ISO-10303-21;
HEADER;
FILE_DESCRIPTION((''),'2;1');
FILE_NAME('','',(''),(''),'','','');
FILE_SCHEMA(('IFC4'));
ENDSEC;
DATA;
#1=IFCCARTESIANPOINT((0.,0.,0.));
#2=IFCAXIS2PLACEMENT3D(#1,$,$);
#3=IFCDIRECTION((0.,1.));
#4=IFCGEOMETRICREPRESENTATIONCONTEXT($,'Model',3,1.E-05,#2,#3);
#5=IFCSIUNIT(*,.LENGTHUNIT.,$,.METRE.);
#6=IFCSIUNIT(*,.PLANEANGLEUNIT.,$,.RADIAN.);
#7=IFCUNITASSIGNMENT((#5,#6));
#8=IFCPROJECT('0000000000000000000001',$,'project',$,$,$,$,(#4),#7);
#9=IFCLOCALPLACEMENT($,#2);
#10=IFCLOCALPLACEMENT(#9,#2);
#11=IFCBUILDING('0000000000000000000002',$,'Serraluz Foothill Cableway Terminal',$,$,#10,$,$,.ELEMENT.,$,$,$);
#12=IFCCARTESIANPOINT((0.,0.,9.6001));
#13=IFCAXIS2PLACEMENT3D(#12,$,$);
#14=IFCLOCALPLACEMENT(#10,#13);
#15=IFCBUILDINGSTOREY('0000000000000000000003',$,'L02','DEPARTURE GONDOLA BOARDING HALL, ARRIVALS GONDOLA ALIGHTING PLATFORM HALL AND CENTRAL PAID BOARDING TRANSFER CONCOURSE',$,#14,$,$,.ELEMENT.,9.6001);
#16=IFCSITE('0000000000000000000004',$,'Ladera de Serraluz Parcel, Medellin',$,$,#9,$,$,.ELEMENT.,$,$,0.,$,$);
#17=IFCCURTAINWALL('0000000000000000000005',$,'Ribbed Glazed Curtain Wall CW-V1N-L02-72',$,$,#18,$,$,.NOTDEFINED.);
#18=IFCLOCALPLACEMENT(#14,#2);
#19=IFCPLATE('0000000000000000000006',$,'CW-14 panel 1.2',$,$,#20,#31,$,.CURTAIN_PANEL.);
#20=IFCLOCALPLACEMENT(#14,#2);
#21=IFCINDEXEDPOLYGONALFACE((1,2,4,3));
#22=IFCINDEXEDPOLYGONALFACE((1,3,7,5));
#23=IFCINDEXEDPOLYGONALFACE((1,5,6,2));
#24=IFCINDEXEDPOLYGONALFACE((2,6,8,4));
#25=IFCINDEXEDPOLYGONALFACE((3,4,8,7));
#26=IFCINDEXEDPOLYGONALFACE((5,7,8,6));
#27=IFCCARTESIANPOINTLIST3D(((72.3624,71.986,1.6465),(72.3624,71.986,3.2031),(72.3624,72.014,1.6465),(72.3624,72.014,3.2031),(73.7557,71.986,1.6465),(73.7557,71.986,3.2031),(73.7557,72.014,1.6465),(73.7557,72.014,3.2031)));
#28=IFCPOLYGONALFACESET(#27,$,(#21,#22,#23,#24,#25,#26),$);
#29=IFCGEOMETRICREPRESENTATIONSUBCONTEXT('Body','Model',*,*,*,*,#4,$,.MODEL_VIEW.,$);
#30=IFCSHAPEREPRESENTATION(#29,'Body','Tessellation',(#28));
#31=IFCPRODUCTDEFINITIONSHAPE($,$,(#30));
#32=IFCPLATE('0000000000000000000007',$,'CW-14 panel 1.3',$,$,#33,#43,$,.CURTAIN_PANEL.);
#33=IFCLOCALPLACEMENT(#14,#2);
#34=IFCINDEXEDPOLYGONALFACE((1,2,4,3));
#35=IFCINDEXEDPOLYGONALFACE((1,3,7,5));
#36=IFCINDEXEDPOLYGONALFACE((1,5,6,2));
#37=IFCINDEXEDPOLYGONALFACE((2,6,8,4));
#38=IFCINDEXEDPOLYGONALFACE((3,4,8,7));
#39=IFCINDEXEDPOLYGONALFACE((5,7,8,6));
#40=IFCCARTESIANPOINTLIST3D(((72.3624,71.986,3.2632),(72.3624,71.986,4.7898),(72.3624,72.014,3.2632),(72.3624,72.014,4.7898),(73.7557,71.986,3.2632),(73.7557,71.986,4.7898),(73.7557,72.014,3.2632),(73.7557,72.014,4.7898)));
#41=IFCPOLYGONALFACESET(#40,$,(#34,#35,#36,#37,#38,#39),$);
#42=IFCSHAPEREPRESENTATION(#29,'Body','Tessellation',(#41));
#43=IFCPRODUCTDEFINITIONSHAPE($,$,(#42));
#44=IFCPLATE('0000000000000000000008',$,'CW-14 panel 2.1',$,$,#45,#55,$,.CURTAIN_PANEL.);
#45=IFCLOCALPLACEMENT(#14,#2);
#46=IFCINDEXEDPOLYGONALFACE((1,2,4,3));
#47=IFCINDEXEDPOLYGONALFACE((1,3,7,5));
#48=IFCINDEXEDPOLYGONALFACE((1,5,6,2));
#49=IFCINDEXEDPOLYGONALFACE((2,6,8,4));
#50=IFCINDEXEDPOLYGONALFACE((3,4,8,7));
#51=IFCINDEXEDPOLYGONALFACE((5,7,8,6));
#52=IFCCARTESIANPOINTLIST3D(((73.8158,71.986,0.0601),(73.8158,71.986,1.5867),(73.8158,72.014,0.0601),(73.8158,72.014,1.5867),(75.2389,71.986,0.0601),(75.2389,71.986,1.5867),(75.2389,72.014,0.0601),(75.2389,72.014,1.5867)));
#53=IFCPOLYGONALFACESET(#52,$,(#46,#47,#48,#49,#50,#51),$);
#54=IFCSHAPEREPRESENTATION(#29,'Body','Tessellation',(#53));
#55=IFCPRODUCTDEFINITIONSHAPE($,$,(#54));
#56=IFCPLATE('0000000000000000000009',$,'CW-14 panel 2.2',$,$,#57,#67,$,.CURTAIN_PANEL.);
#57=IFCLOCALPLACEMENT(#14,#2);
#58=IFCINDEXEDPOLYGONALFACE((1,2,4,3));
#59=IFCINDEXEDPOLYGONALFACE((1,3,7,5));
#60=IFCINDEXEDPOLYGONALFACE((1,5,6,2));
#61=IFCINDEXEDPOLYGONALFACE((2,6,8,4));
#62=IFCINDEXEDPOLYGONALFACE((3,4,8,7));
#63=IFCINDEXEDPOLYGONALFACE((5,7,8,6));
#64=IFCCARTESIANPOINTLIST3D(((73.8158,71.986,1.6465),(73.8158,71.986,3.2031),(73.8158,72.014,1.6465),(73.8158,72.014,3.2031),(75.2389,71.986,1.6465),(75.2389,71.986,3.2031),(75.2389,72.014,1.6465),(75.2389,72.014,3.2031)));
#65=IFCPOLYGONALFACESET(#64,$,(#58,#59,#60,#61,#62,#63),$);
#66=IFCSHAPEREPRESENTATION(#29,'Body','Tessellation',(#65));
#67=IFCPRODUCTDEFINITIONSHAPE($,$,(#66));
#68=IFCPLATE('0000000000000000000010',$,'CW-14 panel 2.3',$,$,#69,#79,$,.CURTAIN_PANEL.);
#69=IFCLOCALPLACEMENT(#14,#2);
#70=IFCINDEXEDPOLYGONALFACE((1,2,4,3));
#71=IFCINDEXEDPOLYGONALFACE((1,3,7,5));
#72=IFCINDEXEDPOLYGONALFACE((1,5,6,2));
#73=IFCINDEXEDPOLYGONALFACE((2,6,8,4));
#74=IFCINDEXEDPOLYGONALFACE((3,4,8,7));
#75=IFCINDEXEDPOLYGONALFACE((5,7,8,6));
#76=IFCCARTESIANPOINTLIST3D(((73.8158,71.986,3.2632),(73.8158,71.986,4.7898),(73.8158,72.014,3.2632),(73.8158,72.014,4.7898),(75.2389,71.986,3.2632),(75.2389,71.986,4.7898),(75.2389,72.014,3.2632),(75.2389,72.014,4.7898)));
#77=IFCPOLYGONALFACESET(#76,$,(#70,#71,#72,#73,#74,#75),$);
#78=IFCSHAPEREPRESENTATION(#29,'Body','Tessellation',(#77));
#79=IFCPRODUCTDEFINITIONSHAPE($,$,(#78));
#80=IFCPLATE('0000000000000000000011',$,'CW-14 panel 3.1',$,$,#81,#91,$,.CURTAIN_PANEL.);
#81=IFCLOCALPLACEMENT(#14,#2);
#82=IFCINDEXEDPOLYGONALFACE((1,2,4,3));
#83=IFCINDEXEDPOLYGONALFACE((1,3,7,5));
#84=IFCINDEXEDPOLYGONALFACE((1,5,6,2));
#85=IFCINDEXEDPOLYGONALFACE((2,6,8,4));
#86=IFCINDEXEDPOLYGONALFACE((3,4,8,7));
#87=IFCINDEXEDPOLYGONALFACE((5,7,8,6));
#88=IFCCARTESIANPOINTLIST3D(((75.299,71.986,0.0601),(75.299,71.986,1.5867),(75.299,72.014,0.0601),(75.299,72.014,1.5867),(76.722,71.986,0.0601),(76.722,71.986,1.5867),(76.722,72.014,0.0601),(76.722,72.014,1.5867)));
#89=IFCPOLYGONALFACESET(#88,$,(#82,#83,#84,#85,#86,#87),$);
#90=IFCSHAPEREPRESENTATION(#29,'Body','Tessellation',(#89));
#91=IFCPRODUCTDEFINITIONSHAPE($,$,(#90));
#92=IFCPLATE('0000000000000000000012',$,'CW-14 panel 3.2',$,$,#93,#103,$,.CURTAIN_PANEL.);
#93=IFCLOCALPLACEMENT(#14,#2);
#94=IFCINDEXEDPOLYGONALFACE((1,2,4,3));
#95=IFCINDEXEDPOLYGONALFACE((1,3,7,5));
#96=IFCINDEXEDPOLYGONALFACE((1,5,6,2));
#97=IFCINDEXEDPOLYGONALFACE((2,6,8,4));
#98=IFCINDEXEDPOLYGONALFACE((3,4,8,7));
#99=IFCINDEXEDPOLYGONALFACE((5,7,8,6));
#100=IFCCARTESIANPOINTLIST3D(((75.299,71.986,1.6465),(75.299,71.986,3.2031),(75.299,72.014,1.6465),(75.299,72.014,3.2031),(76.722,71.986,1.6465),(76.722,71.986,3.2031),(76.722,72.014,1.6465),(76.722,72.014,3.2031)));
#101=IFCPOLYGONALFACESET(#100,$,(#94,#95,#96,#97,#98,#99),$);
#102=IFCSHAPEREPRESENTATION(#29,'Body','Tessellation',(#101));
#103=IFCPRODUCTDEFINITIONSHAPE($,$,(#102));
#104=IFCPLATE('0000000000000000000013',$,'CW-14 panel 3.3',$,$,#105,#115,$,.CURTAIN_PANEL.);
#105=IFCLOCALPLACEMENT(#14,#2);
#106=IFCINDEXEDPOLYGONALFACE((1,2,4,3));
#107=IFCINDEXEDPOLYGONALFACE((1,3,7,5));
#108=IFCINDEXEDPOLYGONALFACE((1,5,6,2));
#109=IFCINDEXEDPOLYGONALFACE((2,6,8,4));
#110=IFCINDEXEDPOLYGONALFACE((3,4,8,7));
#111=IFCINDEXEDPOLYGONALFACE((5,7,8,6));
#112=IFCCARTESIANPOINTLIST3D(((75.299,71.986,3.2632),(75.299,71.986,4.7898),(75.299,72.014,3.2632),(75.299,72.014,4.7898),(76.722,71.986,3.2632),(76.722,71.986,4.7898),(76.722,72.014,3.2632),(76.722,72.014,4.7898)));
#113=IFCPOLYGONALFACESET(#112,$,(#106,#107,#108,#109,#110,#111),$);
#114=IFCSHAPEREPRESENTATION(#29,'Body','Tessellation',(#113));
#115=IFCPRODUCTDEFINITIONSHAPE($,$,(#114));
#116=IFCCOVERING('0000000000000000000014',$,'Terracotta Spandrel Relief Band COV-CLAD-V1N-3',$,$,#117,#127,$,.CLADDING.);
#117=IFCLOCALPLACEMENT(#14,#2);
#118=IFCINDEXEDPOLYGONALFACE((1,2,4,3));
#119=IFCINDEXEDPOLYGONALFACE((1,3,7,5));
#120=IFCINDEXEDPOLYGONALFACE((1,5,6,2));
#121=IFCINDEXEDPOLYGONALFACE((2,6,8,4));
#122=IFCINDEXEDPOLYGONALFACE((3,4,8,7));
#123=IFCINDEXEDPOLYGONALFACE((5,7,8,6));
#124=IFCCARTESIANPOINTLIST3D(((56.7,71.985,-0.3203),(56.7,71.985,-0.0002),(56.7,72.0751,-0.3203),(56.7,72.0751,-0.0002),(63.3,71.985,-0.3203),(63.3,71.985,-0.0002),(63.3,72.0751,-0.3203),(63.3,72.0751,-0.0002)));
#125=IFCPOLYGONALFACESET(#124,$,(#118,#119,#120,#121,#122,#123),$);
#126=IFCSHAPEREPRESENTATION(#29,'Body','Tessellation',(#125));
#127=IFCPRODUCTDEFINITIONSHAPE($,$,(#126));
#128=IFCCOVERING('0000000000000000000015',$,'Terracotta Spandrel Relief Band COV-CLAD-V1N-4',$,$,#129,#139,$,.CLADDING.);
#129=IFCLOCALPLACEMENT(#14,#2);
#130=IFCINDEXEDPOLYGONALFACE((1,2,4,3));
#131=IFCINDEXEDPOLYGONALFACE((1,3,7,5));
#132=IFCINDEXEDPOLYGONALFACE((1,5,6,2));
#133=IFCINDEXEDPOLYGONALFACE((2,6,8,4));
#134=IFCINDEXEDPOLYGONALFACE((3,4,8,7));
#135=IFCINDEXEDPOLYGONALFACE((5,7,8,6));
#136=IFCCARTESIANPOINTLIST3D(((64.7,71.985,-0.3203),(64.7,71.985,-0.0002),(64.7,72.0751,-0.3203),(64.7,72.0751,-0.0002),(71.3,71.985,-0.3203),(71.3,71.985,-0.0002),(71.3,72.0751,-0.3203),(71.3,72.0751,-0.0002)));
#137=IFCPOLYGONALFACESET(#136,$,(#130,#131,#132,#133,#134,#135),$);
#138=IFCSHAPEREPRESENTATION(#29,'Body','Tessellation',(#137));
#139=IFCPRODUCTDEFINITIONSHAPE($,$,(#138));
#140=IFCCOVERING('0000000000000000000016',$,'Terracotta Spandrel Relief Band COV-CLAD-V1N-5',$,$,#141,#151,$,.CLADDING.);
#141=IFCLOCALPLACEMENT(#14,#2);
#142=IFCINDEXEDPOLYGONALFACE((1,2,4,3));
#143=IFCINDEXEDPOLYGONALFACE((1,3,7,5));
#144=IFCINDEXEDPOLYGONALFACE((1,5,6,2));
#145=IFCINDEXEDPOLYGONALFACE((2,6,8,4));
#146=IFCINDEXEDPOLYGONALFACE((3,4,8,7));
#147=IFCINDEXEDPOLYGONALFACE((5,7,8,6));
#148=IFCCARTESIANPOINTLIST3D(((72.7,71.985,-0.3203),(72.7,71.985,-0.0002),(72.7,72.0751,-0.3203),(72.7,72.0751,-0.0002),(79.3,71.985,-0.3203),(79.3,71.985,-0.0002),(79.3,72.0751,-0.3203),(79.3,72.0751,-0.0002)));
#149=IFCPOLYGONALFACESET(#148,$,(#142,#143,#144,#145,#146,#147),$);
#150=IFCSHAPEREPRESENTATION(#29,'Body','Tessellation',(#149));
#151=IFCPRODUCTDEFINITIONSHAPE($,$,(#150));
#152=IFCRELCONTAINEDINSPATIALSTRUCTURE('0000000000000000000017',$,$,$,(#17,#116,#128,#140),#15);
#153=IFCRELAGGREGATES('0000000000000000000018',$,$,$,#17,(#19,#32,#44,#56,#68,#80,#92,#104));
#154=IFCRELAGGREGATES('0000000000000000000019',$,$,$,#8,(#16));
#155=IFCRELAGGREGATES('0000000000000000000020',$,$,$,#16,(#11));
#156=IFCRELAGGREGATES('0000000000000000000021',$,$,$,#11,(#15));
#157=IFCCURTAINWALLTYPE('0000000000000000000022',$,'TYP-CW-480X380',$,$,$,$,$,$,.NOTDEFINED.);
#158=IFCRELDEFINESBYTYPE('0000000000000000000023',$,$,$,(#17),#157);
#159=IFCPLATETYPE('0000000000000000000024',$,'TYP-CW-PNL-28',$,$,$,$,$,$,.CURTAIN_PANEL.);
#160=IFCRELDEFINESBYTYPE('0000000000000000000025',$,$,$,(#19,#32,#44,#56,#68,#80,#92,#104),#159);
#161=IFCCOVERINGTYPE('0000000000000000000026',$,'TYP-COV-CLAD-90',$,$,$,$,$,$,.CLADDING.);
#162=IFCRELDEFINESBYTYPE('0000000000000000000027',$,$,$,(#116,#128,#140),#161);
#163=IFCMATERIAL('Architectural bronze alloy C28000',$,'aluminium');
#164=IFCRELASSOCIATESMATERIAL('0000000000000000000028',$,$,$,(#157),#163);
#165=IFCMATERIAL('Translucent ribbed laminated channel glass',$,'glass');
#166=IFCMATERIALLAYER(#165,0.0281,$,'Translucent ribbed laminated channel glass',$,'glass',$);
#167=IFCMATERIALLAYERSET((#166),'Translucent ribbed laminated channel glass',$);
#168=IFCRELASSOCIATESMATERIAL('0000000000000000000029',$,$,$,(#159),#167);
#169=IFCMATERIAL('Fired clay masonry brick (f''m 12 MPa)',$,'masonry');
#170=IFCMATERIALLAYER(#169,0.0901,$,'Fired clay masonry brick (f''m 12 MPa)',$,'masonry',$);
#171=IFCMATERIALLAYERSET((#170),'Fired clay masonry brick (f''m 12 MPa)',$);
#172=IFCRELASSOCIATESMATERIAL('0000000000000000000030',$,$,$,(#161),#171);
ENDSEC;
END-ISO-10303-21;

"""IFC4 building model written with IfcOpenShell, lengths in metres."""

from ifc_helpers import new_model, si_unit, direction, frame, origin, origin_2d, place, context, subcontext, project, spatial, rectangle, extrude, material, layer, layer_set, type_object, element, aggregate, save


model = new_model("IFC4")

# Units and contexts
model_context = context("Model", 3, precision=1e-05, world=origin(), true_north=direction((0.0, 1.0)))
body_context = subcontext(model_context, "Body", "Model", "MODEL_VIEW")
ifc_project = project(units=[si_unit("LENGTHUNIT", "METRE"), si_unit("PLANEANGLEUNIT", "RADIAN")], contexts=[model_context])

# Site, building, storey
site_placement = place(None, origin())
site = spatial("IfcSite", under=ifc_project, at=site_placement, Name="Ladera de Serraluz Parcel, Medellin", CompositionType="ELEMENT", RefElevation=0.0)
building_placement = place(site_placement, origin())
building = spatial("IfcBuilding", under=site, at=building_placement, Name="Serraluz Foothill Cableway Terminal", CompositionType="ELEMENT")
storey_placement = place(building_placement, frame((0.0, 0.0, 9.6001)))
storey = spatial("IfcBuildingStorey", under=building, at=storey_placement, Name="L02", Description="DEPARTURE GONDOLA BOARDING HALL, ARRIVALS GONDOLA ALIGHTING PLATFORM HALL AND CENTRAL PAID BOARDING TRANSFER CONCOURSE", CompositionType="ELEMENT", Elevation=9.6001)

# Curtain wall, plates
ifc_material_1 = material(Name="Architectural bronze alloy C28000", Category="aluminium")
curtain_wall_type = type_object("IfcCurtainWallType", Name="TYP-CW-480X380", PredefinedType="NOTDEFINED", material=ifc_material_1)
curtain_wall_placement = place(storey_placement, origin())
curtain_wall = element("IfcCurtainWall", 1, at=curtain_wall_placement, inside=storey, type_object=curtain_wall_type, Name="Ribbed Glazed Curtain Wall CW-V1N-L02-72", PredefinedType="NOTDEFINED")
ifc_material_2 = material(Name="Translucent ribbed laminated channel glass", Category="glass")
ifc_layer_1 = layer(ifc_material_2, 0.0281, Name="Translucent ribbed laminated channel glass", Category="glass")
ifc_layer_set_1 = layer_set([ifc_layer_1], Name="Translucent ribbed laminated channel glass")
plate_type = type_object("IfcPlateType", Name="TYP-CW-PNL-28", PredefinedType="CURTAIN_PANEL", material=ifc_layer_set_1)
plate_1_placement = place(storey_placement, frame((73.0591, 72.0, 1.6465), z_axis=(0.0, 0.0, 1.0), x_axis=(1.0, 0.0, 0.0)))
plate_1 = element("IfcPlate", 2, at=plate_1_placement, type_object=plate_type, Name="CW-14 panel 1.2", PredefinedType="CURTAIN_PANEL", context=body_context, shape_type="SweptSolid", body=[
    extrude(rectangle(XDim=1.3933, YDim=0.0281, at=origin_2d()), origin(), (0.0, 0.0, 1.0), 1.5566),
])
plate_2_placement = place(storey_placement, frame((73.0591, 72.0, 3.2632), z_axis=(0.0, 0.0, 1.0), x_axis=(1.0, 0.0, 0.0)))
plate_2 = element("IfcPlate", 3, at=plate_2_placement, type_object=plate_type, Name="CW-14 panel 1.3", PredefinedType="CURTAIN_PANEL", context=body_context, shape_type="SweptSolid", body=[
    extrude(rectangle(XDim=1.3933, YDim=0.0281, at=origin_2d()), origin(), (0.0, 0.0, 1.0), 1.5266),
])
plate_3_placement = place(storey_placement, frame((74.5273, 72.0, 0.0601), z_axis=(0.0, 0.0, 1.0), x_axis=(1.0, 0.0, 0.0)))
plate_3 = element("IfcPlate", 4, at=plate_3_placement, type_object=plate_type, Name="CW-14 panel 2.1", PredefinedType="CURTAIN_PANEL", context=body_context, shape_type="SweptSolid", body=[
    extrude(rectangle(XDim=1.4231, YDim=0.0281, at=origin_2d()), origin(), (0.0, 0.0, 1.0), 1.5266),
])
plate_4_placement = place(storey_placement, frame((74.5273, 72.0, 1.6465), z_axis=(0.0, 0.0, 1.0), x_axis=(1.0, 0.0, 0.0)))
plate_4 = element("IfcPlate", 5, at=plate_4_placement, type_object=plate_type, Name="CW-14 panel 2.2", PredefinedType="CURTAIN_PANEL", context=body_context, shape_type="SweptSolid", body=[
    extrude(rectangle(XDim=1.4231, YDim=0.0281, at=origin_2d()), origin(), (0.0, 0.0, 1.0), 1.5566),
])
plate_5_placement = place(storey_placement, frame((74.5273, 72.0, 3.2632), z_axis=(0.0, 0.0, 1.0), x_axis=(1.0, 0.0, 0.0)))
plate_5 = element("IfcPlate", 6, at=plate_5_placement, type_object=plate_type, Name="CW-14 panel 2.3", PredefinedType="CURTAIN_PANEL", context=body_context, shape_type="SweptSolid", body=[
    extrude(rectangle(XDim=1.4231, YDim=0.0281, at=origin_2d()), origin(), (0.0, 0.0, 1.0), 1.5266),
])
plate_6_placement = place(storey_placement, frame((76.0105, 72.0, 0.0601), z_axis=(0.0, 0.0, 1.0), x_axis=(1.0, 0.0, 0.0)))
plate_6 = element("IfcPlate", 7, at=plate_6_placement, type_object=plate_type, Name="CW-14 panel 3.1", PredefinedType="CURTAIN_PANEL", context=body_context, shape_type="SweptSolid", body=[
    extrude(rectangle(XDim=1.4231, YDim=0.0281, at=origin_2d()), origin(), (0.0, 0.0, 1.0), 1.5266),
])
plate_7_placement = place(storey_placement, frame((76.0105, 72.0, 1.6465), z_axis=(0.0, 0.0, 1.0), x_axis=(1.0, 0.0, 0.0)))
plate_7 = element("IfcPlate", 8, at=plate_7_placement, type_object=plate_type, Name="CW-14 panel 3.2", PredefinedType="CURTAIN_PANEL", context=body_context, shape_type="SweptSolid", body=[
    extrude(rectangle(XDim=1.4231, YDim=0.0281, at=origin_2d()), origin(), (0.0, 0.0, 1.0), 1.5566),
])
plate_8_placement = place(storey_placement, frame((76.0105, 72.0, 3.2632), z_axis=(0.0, 0.0, 1.0), x_axis=(1.0, 0.0, 0.0)))
plate_8 = element("IfcPlate", 9, at=plate_8_placement, type_object=plate_type, Name="CW-14 panel 3.3", PredefinedType="CURTAIN_PANEL", context=body_context, shape_type="SweptSolid", body=[
    extrude(rectangle(XDim=1.4231, YDim=0.0281, at=origin_2d()), origin(), (0.0, 0.0, 1.0), 1.5266),
])
aggregate(curtain_wall, [plate_1, plate_2, plate_3, plate_4, plate_5, plate_6, plate_7, plate_8])

# Coverings
ifc_material_3 = material(Name="Fired clay masonry brick (f'm 12 MPa)", Category="masonry")
ifc_layer_2 = layer(ifc_material_3, 0.0901, Name="Fired clay masonry brick (f'm 12 MPa)", Category="masonry")
ifc_layer_set_2 = layer_set([ifc_layer_2], Name="Fired clay masonry brick (f'm 12 MPa)")
covering_type = type_object("IfcCoveringType", Name="TYP-COV-CLAD-90", PredefinedType="CLADDING", material=ifc_layer_set_2)
for number, where, z_axis, x_axis, name in (
    (10, (60.0, 72.03, -0.3203), (0.0, 0.0, 1.0), (1.0, 0.0, 0.0), "Terracotta Spandrel Relief Band COV-CLAD-V1N-3"),
    (11, (68.0, 72.03, -0.3203), (0.0, 0.0, 1.0), (1.0, 0.0, 0.0), "Terracotta Spandrel Relief Band COV-CLAD-V1N-4"),
    (12, (76.0, 72.03, -0.3203), (0.0, 0.0, 1.0), (1.0, 0.0, 0.0), "Terracotta Spandrel Relief Band COV-CLAD-V1N-5"),
):
    element("IfcCovering", number, at=place(storey_placement, frame(where, z_axis=z_axis, x_axis=x_axis)), inside=storey, type_object=covering_type, Name=name, PredefinedType="CLADDING", context=body_context, shape_type="SweptSolid", body=[
        extrude(rectangle(XDim=6.6001, YDim=0.0901, at=origin_2d()), origin(), (0.0, 0.0, 1.0), 0.3201),
    ])

save(model, "model.ifc")
